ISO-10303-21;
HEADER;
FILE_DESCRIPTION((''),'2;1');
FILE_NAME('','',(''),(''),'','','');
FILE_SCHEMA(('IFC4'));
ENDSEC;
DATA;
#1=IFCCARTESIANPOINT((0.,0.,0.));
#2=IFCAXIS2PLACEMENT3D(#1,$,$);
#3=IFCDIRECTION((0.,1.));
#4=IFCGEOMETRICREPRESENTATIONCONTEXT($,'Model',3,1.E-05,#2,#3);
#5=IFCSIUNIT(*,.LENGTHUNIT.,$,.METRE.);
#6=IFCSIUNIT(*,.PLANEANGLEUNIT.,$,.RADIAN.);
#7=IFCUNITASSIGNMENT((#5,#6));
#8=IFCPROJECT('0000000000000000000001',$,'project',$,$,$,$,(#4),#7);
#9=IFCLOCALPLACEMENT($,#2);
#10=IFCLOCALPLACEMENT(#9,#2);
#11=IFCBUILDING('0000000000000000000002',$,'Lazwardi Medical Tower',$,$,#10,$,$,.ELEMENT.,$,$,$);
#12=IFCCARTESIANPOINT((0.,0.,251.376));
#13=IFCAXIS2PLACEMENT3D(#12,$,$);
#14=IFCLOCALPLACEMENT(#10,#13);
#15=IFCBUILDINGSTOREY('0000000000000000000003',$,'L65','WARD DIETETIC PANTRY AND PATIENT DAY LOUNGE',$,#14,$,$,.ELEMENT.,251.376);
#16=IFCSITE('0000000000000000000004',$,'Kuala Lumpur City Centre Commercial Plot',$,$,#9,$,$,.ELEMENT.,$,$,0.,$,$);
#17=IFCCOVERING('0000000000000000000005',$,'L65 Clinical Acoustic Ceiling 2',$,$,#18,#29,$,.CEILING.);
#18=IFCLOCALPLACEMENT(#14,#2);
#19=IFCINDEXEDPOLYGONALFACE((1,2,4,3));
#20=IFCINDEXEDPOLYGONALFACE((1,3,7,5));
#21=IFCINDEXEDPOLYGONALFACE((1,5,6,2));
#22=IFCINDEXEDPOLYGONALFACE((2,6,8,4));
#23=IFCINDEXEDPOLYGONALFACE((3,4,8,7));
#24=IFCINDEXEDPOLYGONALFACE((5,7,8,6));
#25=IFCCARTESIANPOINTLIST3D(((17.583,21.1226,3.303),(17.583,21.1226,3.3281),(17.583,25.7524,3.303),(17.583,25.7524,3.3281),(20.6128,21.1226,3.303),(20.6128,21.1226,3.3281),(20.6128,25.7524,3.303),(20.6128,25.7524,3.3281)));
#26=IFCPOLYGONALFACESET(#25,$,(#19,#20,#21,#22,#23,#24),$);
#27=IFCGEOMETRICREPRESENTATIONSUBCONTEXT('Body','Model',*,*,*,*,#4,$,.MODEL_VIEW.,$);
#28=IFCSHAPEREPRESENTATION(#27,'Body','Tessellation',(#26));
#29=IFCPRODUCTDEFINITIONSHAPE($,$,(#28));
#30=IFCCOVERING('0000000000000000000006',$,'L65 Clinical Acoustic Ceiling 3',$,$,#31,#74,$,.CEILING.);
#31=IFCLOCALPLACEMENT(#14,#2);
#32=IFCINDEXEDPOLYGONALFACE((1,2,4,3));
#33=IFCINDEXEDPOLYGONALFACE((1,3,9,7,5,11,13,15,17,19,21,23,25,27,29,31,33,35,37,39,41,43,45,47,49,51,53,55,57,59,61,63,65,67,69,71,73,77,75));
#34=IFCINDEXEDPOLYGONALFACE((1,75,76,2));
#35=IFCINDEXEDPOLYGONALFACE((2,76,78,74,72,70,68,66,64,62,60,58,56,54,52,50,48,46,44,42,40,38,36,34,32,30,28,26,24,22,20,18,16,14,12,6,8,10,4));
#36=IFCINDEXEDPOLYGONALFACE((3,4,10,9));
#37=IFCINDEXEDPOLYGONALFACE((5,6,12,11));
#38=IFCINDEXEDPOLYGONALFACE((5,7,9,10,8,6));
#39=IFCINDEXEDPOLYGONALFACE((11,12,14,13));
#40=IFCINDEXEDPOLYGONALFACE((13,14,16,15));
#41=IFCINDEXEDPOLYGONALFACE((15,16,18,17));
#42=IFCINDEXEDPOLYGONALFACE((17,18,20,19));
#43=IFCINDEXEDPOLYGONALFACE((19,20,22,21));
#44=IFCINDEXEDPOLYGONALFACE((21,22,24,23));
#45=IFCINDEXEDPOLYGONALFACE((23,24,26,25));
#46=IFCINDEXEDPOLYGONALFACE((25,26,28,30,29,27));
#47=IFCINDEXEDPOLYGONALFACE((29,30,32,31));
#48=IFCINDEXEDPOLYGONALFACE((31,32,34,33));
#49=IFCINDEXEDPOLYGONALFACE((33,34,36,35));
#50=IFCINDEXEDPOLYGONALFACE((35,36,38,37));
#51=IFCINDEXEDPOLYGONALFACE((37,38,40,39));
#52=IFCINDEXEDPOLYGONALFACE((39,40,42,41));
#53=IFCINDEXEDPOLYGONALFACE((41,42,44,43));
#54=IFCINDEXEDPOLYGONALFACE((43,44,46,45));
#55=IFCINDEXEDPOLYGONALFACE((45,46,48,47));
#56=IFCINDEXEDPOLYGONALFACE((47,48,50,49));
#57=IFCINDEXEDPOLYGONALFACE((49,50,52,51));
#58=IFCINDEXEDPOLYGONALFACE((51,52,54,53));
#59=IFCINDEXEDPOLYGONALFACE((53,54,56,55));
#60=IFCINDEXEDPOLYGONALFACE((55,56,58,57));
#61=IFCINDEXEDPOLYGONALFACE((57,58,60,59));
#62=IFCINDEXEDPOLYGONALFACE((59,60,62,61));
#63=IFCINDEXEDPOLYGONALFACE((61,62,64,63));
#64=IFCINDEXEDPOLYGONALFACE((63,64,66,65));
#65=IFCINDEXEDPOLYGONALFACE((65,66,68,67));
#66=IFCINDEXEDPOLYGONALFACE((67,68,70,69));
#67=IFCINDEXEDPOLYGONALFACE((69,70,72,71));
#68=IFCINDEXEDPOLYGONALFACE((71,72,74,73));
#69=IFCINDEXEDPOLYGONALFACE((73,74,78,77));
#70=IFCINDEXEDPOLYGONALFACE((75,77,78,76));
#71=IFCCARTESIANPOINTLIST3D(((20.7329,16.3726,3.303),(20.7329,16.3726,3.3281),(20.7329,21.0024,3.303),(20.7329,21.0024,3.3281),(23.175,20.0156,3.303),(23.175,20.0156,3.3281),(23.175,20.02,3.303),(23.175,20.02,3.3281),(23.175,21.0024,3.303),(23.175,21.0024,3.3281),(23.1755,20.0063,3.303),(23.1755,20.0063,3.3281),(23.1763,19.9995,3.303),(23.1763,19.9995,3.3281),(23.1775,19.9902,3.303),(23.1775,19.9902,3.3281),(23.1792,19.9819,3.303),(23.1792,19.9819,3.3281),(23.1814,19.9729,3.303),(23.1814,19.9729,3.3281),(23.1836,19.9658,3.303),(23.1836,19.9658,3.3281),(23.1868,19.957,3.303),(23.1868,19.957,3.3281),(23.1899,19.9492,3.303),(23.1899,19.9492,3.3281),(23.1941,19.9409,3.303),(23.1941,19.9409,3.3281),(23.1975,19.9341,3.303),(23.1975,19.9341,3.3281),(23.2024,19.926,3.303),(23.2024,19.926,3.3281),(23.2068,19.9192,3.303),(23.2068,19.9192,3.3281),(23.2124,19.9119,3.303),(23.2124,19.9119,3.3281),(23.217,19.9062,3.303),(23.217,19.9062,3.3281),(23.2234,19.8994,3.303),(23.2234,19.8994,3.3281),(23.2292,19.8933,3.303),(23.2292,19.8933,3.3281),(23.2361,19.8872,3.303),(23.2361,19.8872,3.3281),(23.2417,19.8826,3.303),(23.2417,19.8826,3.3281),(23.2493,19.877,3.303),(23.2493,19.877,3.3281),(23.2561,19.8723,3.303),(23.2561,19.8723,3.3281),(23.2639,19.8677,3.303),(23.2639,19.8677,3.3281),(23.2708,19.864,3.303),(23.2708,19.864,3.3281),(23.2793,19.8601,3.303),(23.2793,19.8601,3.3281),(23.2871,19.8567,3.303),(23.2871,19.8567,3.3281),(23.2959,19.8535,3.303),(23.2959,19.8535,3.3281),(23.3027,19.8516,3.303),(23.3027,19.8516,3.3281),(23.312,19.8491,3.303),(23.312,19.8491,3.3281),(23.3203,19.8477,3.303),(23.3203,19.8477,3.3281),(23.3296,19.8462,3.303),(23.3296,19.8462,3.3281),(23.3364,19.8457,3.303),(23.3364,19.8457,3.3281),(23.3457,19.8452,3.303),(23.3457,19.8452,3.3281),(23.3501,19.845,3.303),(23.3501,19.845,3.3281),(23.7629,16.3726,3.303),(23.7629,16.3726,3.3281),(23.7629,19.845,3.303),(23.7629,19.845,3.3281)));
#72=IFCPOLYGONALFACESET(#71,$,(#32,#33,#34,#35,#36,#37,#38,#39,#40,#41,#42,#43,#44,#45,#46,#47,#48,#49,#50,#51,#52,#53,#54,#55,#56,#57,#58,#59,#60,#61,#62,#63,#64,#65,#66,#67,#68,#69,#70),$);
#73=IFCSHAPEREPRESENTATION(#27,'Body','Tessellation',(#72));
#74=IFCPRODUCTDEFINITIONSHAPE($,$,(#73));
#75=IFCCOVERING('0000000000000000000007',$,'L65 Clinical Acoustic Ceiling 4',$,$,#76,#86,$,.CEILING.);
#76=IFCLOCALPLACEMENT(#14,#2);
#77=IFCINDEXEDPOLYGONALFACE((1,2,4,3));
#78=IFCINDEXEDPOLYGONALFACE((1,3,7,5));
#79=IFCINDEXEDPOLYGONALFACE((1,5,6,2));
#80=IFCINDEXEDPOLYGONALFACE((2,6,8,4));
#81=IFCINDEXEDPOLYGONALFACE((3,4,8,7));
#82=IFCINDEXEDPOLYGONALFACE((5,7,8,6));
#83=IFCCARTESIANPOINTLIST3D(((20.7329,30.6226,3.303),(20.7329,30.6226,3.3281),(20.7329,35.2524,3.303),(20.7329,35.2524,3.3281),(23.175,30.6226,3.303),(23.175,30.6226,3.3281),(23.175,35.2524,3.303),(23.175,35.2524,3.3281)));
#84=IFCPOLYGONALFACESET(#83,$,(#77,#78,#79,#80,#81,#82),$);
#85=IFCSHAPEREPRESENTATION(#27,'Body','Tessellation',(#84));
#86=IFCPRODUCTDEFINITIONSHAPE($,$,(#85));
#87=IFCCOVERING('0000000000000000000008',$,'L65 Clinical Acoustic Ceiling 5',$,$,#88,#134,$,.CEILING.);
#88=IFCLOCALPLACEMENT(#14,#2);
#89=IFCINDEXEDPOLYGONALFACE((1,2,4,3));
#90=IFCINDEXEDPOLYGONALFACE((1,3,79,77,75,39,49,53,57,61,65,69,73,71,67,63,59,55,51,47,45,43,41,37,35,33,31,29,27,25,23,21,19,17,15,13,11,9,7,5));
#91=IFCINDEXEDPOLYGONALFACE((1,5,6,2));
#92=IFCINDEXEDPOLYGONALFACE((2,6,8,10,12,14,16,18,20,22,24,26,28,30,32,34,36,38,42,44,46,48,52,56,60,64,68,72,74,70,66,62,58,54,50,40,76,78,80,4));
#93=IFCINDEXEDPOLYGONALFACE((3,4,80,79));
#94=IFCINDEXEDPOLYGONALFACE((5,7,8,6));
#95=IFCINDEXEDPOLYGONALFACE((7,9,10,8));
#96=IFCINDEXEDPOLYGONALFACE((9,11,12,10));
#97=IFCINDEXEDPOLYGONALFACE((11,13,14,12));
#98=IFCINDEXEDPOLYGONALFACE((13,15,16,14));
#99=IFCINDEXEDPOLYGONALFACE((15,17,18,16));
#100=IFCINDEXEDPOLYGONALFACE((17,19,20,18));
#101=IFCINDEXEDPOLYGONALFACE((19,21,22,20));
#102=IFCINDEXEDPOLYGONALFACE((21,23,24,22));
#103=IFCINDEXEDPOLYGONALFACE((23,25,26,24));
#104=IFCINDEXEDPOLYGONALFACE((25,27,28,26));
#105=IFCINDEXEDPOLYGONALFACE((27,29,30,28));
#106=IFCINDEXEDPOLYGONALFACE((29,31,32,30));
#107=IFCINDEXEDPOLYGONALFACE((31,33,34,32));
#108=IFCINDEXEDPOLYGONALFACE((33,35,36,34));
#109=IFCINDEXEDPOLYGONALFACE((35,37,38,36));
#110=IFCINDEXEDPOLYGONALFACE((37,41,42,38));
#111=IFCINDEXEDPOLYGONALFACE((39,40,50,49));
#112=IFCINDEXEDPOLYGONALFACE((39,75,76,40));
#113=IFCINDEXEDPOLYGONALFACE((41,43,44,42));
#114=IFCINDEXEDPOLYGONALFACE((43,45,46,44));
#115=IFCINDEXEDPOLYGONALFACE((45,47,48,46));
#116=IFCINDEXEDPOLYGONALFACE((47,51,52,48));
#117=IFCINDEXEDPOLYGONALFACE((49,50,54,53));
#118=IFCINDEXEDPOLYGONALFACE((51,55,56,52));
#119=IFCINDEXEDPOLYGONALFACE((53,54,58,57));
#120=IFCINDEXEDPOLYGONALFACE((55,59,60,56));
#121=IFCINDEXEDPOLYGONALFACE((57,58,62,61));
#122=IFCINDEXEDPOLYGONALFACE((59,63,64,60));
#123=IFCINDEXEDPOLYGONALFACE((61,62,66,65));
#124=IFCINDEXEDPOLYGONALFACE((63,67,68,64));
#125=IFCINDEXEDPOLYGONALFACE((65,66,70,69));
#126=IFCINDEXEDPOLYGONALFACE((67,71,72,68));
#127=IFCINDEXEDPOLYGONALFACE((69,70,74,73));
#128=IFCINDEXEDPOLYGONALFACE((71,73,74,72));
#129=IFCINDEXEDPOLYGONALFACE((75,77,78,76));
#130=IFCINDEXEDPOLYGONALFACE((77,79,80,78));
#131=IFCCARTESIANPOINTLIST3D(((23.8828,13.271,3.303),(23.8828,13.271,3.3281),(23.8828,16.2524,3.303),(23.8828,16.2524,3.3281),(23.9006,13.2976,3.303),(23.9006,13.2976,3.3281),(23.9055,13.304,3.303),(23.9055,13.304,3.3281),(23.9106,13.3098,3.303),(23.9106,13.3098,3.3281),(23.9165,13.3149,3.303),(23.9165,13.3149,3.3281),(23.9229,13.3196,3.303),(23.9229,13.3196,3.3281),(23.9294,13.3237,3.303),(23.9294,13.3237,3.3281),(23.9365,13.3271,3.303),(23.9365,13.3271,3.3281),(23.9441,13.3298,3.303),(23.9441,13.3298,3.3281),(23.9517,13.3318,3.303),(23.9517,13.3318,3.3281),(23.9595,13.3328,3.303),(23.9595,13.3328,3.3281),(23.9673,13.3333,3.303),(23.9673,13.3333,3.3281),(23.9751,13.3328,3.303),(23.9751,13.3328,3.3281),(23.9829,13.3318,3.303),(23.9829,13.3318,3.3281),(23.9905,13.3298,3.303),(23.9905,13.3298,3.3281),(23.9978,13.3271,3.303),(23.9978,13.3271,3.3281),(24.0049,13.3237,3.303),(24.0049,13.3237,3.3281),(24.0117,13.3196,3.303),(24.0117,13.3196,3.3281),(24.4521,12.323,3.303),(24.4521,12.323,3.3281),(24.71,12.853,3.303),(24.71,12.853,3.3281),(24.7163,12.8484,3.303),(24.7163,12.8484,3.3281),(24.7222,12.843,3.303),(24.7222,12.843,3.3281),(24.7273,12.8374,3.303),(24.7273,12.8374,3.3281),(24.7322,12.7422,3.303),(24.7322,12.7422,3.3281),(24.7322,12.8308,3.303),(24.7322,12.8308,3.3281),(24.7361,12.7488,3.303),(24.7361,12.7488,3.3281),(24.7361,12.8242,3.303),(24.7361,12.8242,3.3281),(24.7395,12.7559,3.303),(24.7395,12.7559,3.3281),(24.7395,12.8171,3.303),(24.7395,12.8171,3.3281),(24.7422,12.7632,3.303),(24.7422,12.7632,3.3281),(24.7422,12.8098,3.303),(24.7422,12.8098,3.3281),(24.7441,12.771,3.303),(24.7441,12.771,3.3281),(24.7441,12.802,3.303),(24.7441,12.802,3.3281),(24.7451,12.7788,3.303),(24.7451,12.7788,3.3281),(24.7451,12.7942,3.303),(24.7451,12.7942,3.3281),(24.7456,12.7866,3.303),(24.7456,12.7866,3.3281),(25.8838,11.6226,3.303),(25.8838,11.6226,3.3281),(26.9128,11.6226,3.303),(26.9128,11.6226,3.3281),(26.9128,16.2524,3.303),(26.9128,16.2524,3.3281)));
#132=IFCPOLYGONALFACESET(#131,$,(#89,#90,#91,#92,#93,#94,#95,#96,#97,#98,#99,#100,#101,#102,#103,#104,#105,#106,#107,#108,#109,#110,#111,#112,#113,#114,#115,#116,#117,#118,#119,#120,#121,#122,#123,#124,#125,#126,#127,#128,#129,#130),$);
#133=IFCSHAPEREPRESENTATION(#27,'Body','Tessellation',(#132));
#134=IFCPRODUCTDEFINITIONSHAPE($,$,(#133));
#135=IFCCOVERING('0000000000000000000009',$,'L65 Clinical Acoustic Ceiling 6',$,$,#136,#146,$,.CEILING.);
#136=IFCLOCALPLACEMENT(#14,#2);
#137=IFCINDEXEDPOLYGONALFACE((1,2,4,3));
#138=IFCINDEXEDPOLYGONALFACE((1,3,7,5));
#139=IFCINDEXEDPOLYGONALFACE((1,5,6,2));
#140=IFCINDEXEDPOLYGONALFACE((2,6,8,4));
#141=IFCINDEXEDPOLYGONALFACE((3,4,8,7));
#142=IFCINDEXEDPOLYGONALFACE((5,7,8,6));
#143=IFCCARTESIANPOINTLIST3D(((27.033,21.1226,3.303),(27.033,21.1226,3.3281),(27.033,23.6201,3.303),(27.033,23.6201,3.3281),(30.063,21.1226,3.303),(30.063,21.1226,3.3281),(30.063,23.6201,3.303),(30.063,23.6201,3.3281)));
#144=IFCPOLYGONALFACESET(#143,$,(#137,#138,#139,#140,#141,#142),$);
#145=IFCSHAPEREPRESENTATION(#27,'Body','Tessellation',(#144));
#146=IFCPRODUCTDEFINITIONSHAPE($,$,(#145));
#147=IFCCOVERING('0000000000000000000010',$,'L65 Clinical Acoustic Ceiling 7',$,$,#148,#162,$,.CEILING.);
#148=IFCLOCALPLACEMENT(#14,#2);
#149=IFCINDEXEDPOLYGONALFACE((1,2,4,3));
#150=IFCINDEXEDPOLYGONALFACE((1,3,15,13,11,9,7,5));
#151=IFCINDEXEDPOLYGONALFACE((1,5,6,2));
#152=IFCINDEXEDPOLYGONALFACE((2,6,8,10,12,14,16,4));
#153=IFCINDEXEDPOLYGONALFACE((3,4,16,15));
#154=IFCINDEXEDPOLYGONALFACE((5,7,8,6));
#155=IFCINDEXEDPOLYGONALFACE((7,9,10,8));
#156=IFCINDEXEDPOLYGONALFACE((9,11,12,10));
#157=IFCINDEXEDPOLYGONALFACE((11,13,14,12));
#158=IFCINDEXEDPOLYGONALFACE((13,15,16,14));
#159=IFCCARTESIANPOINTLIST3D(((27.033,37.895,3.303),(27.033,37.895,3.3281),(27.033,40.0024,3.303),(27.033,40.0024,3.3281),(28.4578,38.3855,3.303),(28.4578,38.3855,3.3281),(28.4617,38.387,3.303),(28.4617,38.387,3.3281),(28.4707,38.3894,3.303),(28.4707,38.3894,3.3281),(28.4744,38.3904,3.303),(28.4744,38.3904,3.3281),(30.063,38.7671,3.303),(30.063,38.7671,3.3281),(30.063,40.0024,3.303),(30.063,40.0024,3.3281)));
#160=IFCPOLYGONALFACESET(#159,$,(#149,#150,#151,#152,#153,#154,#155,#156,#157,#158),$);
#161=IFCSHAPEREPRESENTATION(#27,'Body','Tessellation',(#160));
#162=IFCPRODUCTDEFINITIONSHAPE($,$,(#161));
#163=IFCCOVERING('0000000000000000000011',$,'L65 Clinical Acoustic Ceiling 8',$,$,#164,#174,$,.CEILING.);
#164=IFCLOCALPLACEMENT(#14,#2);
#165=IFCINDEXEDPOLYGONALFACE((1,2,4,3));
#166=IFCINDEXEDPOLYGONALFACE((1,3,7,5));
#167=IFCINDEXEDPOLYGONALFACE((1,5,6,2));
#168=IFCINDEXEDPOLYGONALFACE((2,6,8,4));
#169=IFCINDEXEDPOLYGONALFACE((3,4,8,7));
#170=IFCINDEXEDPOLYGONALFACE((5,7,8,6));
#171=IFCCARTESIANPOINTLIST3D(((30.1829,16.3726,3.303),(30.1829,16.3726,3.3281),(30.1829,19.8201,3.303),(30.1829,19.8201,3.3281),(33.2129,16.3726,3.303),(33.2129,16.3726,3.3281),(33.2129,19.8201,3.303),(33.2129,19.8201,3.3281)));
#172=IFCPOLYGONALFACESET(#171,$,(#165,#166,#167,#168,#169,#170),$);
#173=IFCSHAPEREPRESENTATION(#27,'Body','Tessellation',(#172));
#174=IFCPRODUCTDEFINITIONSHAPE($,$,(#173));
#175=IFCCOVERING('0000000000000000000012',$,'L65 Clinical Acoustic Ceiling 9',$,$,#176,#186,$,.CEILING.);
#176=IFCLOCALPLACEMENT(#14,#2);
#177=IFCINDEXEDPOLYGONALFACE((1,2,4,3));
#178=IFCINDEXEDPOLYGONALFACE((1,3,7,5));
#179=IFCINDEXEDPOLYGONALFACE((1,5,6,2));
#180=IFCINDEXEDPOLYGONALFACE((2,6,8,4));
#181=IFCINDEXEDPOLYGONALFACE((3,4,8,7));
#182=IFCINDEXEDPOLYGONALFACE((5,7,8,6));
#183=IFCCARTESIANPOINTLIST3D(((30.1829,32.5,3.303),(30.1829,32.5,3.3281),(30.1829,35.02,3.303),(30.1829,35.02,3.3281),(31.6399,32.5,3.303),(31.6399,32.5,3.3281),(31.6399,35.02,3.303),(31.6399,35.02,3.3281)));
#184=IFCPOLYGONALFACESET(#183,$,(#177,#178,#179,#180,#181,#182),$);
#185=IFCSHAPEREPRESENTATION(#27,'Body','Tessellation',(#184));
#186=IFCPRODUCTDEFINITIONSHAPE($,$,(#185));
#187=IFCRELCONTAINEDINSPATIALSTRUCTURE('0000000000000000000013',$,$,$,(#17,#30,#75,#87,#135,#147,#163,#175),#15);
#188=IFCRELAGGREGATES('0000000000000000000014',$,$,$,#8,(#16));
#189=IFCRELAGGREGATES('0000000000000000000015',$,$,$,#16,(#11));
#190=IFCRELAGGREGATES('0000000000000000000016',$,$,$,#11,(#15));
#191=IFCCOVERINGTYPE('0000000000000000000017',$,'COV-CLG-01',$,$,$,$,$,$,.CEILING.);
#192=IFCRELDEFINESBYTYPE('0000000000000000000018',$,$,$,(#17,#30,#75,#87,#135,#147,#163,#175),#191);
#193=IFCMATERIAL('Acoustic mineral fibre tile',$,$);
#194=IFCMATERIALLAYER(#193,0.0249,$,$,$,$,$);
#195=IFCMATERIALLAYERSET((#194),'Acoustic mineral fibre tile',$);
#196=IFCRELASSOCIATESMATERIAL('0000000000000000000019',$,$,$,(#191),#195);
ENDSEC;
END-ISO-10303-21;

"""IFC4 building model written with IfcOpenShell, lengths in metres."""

from ifc_helpers import new_model, si_unit, direction, frame, origin, place, context, subcontext, project, spatial, polyline, outline, extrude, material, layer, layer_set, type_object, element, save


model = new_model("IFC4")

# Units and contexts
model_context = context("Model", 3, precision=1e-05, world=origin(), true_north=direction((0.0, 1.0)))
body_context = subcontext(model_context, "Body", "Model", "MODEL_VIEW")
ifc_project = project(units=[si_unit("LENGTHUNIT", "METRE"), si_unit("PLANEANGLEUNIT", "RADIAN")], contexts=[model_context])

# Site, building, storey
site_placement = place(None, origin())
site = spatial("IfcSite", under=ifc_project, at=site_placement, Name="Kuala Lumpur City Centre Commercial Plot", CompositionType="ELEMENT", RefElevation=0.0)
building_placement = place(site_placement, origin())
building = spatial("IfcBuilding", under=site, at=building_placement, Name="Lazwardi Medical Tower", CompositionType="ELEMENT")
storey_placement = place(building_placement, frame((0.0, 0.0, 251.376)))
storey = spatial("IfcBuildingStorey", under=building, at=storey_placement, Name="L65", Description="WARD DIETETIC PANTRY AND PATIENT DAY LOUNGE", CompositionType="ELEMENT", Elevation=251.376)

# Coverings
ifc_material_1 = material(Name="Acoustic mineral fibre tile")
ifc_layer_1 = layer(ifc_material_1, 0.0249)
ifc_layer_set_1 = layer_set([ifc_layer_1], Name="Acoustic mineral fibre tile")
covering_type_1 = type_object("IfcCoveringType", Name="COV-CLG-01", PredefinedType="CEILING", material=ifc_layer_set_1)
covering_1_placement = place(storey_placement, frame((0.0, 0.0, 3.303)))
element("IfcCovering", 1, at=covering_1_placement, inside=storey, type_object=covering_type_1, Name="L65 Clinical Acoustic Ceiling 2", PredefinedType="CEILING", context=body_context, shape_type="SweptSolid", body=[
    extrude(outline(polyline([(20.6128, 21.1226), (20.6128, 25.7524), (17.583, 25.7524), (17.583, 21.1226), (20.6128, 21.1226)])), origin(), (0.0, 0.0, 1.0), 0.0251),
])
covering_2_placement = place(storey_placement, frame((0.0, 0.0, 3.303)))
element("IfcCovering", 2, at=covering_2_placement, inside=storey, type_object=covering_type_1, Name="L65 Clinical Acoustic Ceiling 3", PredefinedType="CEILING", context=body_context, shape_type="SweptSolid", body=[
    extrude(outline(polyline([(23.7629, 19.845), (23.3501, 19.845), (23.3457, 19.8452), (23.3364, 19.8457), (23.3296, 19.8462), (23.3203, 19.8477), (23.312, 19.8491), (23.3027, 19.8516), (23.2959, 19.8535), (23.2871, 19.8567), (23.2793, 19.8601), (23.2708, 19.864), (23.2639, 19.8677), (23.2561, 19.8723), (23.2493, 19.877), (23.2417, 19.8826), (23.2361, 19.8872), (23.2292, 19.8933), (23.2234, 19.8994), (23.217, 19.9062), (23.2124, 19.9119), (23.2068, 19.9192), (23.2024, 19.926), (23.1975, 19.9341), (23.1941, 19.9409), (23.1899, 19.9492), (23.1868, 19.957), (23.1836, 19.9658), (23.1814, 19.9729), (23.1792, 19.9819), (23.1775, 19.9902), (23.1763, 19.9995), (23.1755, 20.0063), (23.175, 20.0156), (23.175, 20.02), (23.175, 21.0024), (20.7329, 21.0024), (20.7329, 16.3726), (23.7629, 16.3726), (23.7629, 19.845)])), origin(), (0.0, 0.0, 1.0), 0.0251),
])
covering_3_placement = place(storey_placement, frame((0.0, 0.0, 3.303)))
element("IfcCovering", 3, at=covering_3_placement, inside=storey, type_object=covering_type_1, Name="L65 Clinical Acoustic Ceiling 4", PredefinedType="CEILING", context=body_context, shape_type="SweptSolid", body=[
    extrude(outline(polyline([(23.175, 30.6226), (23.175, 35.2524), (20.7329, 35.2524), (20.7329, 30.6226), (23.175, 30.6226)])), origin(), (0.0, 0.0, 1.0), 0.0251),
])
covering_4_placement = place(storey_placement, frame((0.0, 0.0, 3.303)))
element("IfcCovering", 4, at=covering_4_placement, inside=storey, type_object=covering_type_1, Name="L65 Clinical Acoustic Ceiling 5", PredefinedType="CEILING", context=body_context, shape_type="SweptSolid", body=[
    extrude(outline(polyline([(23.8828, 13.271), (23.9006, 13.2976), (23.9055, 13.304), (23.9106, 13.3098), (23.9165, 13.3149), (23.9229, 13.3196), (23.9294, 13.3237), (23.9365, 13.3271), (23.9441, 13.3298), (23.9517, 13.3318), (23.9595, 13.3328), (23.9673, 13.3333), (23.9751, 13.3328), (23.9829, 13.3318), (23.9905, 13.3298), (23.9978, 13.3271), (24.0049, 13.3237), (24.0117, 13.3196), (24.71, 12.853), (24.7163, 12.8484), (24.7222, 12.843), (24.7273, 12.8374), (24.7322, 12.8308), (24.7361, 12.8242), (24.7395, 12.8171), (24.7422, 12.8098), (24.7441, 12.802), (24.7451, 12.7942), (24.7456, 12.7866), (24.7451, 12.7788), (24.7441, 12.771), (24.7422, 12.7632), (24.7395, 12.7559), (24.7361, 12.7488), (24.7322, 12.7422), (24.4521, 12.323), (25.8838, 11.6226), (26.9128, 11.6226), (26.9128, 16.2524), (23.8828, 16.2524), (23.8828, 13.271)])), origin(), (0.0, 0.0, 1.0), 0.0251),
])
covering_5_placement = place(storey_placement, frame((0.0, 0.0, 3.303)))
element("IfcCovering", 5, at=covering_5_placement, inside=storey, type_object=covering_type_1, Name="L65 Clinical Acoustic Ceiling 6", PredefinedType="CEILING", context=body_context, shape_type="SweptSolid", body=[
    extrude(outline(polyline([(30.063, 23.6201), (27.033, 23.6201), (27.033, 21.1226), (30.063, 21.1226), (30.063, 23.6201)])), origin(), (0.0, 0.0, 1.0), 0.0251),
])
covering_6_placement = place(storey_placement, frame((0.0, 0.0, 3.303)))
element("IfcCovering", 6, at=covering_6_placement, inside=storey, type_object=covering_type_1, Name="L65 Clinical Acoustic Ceiling 7", PredefinedType="CEILING", context=body_context, shape_type="SweptSolid", body=[
    extrude(outline(polyline([(27.033, 37.895), (28.4578, 38.3855), (28.4617, 38.387), (28.4707, 38.3894), (28.4744, 38.3904), (30.063, 38.7671), (30.063, 40.0024), (27.033, 40.0024), (27.033, 37.895)])), origin(), (0.0, 0.0, 1.0), 0.0251),
])
covering_7_placement = place(storey_placement, frame((0.0, 0.0, 3.303)))
element("IfcCovering", 7, at=covering_7_placement, inside=storey, type_object=covering_type_1, Name="L65 Clinical Acoustic Ceiling 8", PredefinedType="CEILING", context=body_context, shape_type="SweptSolid", body=[
    extrude(outline(polyline([(33.2129, 19.8201), (30.1829, 19.8201), (30.1829, 16.3726), (33.2129, 16.3726), (33.2129, 19.8201)])), origin(), (0.0, 0.0, 1.0), 0.0251),
])
covering_8_placement = place(storey_placement, frame((0.0, 0.0, 3.303)))
element("IfcCovering", 8, at=covering_8_placement, inside=storey, type_object=covering_type_1, Name="L65 Clinical Acoustic Ceiling 9", PredefinedType="CEILING", context=body_context, shape_type="SweptSolid", body=[
    extrude(outline(polyline([(30.1829, 32.5), (31.6399, 32.5), (31.6399, 35.02), (30.1829, 35.02), (30.1829, 32.5)])), origin(), (0.0, 0.0, 1.0), 0.0251),
])

save(model, "model.ifc")
